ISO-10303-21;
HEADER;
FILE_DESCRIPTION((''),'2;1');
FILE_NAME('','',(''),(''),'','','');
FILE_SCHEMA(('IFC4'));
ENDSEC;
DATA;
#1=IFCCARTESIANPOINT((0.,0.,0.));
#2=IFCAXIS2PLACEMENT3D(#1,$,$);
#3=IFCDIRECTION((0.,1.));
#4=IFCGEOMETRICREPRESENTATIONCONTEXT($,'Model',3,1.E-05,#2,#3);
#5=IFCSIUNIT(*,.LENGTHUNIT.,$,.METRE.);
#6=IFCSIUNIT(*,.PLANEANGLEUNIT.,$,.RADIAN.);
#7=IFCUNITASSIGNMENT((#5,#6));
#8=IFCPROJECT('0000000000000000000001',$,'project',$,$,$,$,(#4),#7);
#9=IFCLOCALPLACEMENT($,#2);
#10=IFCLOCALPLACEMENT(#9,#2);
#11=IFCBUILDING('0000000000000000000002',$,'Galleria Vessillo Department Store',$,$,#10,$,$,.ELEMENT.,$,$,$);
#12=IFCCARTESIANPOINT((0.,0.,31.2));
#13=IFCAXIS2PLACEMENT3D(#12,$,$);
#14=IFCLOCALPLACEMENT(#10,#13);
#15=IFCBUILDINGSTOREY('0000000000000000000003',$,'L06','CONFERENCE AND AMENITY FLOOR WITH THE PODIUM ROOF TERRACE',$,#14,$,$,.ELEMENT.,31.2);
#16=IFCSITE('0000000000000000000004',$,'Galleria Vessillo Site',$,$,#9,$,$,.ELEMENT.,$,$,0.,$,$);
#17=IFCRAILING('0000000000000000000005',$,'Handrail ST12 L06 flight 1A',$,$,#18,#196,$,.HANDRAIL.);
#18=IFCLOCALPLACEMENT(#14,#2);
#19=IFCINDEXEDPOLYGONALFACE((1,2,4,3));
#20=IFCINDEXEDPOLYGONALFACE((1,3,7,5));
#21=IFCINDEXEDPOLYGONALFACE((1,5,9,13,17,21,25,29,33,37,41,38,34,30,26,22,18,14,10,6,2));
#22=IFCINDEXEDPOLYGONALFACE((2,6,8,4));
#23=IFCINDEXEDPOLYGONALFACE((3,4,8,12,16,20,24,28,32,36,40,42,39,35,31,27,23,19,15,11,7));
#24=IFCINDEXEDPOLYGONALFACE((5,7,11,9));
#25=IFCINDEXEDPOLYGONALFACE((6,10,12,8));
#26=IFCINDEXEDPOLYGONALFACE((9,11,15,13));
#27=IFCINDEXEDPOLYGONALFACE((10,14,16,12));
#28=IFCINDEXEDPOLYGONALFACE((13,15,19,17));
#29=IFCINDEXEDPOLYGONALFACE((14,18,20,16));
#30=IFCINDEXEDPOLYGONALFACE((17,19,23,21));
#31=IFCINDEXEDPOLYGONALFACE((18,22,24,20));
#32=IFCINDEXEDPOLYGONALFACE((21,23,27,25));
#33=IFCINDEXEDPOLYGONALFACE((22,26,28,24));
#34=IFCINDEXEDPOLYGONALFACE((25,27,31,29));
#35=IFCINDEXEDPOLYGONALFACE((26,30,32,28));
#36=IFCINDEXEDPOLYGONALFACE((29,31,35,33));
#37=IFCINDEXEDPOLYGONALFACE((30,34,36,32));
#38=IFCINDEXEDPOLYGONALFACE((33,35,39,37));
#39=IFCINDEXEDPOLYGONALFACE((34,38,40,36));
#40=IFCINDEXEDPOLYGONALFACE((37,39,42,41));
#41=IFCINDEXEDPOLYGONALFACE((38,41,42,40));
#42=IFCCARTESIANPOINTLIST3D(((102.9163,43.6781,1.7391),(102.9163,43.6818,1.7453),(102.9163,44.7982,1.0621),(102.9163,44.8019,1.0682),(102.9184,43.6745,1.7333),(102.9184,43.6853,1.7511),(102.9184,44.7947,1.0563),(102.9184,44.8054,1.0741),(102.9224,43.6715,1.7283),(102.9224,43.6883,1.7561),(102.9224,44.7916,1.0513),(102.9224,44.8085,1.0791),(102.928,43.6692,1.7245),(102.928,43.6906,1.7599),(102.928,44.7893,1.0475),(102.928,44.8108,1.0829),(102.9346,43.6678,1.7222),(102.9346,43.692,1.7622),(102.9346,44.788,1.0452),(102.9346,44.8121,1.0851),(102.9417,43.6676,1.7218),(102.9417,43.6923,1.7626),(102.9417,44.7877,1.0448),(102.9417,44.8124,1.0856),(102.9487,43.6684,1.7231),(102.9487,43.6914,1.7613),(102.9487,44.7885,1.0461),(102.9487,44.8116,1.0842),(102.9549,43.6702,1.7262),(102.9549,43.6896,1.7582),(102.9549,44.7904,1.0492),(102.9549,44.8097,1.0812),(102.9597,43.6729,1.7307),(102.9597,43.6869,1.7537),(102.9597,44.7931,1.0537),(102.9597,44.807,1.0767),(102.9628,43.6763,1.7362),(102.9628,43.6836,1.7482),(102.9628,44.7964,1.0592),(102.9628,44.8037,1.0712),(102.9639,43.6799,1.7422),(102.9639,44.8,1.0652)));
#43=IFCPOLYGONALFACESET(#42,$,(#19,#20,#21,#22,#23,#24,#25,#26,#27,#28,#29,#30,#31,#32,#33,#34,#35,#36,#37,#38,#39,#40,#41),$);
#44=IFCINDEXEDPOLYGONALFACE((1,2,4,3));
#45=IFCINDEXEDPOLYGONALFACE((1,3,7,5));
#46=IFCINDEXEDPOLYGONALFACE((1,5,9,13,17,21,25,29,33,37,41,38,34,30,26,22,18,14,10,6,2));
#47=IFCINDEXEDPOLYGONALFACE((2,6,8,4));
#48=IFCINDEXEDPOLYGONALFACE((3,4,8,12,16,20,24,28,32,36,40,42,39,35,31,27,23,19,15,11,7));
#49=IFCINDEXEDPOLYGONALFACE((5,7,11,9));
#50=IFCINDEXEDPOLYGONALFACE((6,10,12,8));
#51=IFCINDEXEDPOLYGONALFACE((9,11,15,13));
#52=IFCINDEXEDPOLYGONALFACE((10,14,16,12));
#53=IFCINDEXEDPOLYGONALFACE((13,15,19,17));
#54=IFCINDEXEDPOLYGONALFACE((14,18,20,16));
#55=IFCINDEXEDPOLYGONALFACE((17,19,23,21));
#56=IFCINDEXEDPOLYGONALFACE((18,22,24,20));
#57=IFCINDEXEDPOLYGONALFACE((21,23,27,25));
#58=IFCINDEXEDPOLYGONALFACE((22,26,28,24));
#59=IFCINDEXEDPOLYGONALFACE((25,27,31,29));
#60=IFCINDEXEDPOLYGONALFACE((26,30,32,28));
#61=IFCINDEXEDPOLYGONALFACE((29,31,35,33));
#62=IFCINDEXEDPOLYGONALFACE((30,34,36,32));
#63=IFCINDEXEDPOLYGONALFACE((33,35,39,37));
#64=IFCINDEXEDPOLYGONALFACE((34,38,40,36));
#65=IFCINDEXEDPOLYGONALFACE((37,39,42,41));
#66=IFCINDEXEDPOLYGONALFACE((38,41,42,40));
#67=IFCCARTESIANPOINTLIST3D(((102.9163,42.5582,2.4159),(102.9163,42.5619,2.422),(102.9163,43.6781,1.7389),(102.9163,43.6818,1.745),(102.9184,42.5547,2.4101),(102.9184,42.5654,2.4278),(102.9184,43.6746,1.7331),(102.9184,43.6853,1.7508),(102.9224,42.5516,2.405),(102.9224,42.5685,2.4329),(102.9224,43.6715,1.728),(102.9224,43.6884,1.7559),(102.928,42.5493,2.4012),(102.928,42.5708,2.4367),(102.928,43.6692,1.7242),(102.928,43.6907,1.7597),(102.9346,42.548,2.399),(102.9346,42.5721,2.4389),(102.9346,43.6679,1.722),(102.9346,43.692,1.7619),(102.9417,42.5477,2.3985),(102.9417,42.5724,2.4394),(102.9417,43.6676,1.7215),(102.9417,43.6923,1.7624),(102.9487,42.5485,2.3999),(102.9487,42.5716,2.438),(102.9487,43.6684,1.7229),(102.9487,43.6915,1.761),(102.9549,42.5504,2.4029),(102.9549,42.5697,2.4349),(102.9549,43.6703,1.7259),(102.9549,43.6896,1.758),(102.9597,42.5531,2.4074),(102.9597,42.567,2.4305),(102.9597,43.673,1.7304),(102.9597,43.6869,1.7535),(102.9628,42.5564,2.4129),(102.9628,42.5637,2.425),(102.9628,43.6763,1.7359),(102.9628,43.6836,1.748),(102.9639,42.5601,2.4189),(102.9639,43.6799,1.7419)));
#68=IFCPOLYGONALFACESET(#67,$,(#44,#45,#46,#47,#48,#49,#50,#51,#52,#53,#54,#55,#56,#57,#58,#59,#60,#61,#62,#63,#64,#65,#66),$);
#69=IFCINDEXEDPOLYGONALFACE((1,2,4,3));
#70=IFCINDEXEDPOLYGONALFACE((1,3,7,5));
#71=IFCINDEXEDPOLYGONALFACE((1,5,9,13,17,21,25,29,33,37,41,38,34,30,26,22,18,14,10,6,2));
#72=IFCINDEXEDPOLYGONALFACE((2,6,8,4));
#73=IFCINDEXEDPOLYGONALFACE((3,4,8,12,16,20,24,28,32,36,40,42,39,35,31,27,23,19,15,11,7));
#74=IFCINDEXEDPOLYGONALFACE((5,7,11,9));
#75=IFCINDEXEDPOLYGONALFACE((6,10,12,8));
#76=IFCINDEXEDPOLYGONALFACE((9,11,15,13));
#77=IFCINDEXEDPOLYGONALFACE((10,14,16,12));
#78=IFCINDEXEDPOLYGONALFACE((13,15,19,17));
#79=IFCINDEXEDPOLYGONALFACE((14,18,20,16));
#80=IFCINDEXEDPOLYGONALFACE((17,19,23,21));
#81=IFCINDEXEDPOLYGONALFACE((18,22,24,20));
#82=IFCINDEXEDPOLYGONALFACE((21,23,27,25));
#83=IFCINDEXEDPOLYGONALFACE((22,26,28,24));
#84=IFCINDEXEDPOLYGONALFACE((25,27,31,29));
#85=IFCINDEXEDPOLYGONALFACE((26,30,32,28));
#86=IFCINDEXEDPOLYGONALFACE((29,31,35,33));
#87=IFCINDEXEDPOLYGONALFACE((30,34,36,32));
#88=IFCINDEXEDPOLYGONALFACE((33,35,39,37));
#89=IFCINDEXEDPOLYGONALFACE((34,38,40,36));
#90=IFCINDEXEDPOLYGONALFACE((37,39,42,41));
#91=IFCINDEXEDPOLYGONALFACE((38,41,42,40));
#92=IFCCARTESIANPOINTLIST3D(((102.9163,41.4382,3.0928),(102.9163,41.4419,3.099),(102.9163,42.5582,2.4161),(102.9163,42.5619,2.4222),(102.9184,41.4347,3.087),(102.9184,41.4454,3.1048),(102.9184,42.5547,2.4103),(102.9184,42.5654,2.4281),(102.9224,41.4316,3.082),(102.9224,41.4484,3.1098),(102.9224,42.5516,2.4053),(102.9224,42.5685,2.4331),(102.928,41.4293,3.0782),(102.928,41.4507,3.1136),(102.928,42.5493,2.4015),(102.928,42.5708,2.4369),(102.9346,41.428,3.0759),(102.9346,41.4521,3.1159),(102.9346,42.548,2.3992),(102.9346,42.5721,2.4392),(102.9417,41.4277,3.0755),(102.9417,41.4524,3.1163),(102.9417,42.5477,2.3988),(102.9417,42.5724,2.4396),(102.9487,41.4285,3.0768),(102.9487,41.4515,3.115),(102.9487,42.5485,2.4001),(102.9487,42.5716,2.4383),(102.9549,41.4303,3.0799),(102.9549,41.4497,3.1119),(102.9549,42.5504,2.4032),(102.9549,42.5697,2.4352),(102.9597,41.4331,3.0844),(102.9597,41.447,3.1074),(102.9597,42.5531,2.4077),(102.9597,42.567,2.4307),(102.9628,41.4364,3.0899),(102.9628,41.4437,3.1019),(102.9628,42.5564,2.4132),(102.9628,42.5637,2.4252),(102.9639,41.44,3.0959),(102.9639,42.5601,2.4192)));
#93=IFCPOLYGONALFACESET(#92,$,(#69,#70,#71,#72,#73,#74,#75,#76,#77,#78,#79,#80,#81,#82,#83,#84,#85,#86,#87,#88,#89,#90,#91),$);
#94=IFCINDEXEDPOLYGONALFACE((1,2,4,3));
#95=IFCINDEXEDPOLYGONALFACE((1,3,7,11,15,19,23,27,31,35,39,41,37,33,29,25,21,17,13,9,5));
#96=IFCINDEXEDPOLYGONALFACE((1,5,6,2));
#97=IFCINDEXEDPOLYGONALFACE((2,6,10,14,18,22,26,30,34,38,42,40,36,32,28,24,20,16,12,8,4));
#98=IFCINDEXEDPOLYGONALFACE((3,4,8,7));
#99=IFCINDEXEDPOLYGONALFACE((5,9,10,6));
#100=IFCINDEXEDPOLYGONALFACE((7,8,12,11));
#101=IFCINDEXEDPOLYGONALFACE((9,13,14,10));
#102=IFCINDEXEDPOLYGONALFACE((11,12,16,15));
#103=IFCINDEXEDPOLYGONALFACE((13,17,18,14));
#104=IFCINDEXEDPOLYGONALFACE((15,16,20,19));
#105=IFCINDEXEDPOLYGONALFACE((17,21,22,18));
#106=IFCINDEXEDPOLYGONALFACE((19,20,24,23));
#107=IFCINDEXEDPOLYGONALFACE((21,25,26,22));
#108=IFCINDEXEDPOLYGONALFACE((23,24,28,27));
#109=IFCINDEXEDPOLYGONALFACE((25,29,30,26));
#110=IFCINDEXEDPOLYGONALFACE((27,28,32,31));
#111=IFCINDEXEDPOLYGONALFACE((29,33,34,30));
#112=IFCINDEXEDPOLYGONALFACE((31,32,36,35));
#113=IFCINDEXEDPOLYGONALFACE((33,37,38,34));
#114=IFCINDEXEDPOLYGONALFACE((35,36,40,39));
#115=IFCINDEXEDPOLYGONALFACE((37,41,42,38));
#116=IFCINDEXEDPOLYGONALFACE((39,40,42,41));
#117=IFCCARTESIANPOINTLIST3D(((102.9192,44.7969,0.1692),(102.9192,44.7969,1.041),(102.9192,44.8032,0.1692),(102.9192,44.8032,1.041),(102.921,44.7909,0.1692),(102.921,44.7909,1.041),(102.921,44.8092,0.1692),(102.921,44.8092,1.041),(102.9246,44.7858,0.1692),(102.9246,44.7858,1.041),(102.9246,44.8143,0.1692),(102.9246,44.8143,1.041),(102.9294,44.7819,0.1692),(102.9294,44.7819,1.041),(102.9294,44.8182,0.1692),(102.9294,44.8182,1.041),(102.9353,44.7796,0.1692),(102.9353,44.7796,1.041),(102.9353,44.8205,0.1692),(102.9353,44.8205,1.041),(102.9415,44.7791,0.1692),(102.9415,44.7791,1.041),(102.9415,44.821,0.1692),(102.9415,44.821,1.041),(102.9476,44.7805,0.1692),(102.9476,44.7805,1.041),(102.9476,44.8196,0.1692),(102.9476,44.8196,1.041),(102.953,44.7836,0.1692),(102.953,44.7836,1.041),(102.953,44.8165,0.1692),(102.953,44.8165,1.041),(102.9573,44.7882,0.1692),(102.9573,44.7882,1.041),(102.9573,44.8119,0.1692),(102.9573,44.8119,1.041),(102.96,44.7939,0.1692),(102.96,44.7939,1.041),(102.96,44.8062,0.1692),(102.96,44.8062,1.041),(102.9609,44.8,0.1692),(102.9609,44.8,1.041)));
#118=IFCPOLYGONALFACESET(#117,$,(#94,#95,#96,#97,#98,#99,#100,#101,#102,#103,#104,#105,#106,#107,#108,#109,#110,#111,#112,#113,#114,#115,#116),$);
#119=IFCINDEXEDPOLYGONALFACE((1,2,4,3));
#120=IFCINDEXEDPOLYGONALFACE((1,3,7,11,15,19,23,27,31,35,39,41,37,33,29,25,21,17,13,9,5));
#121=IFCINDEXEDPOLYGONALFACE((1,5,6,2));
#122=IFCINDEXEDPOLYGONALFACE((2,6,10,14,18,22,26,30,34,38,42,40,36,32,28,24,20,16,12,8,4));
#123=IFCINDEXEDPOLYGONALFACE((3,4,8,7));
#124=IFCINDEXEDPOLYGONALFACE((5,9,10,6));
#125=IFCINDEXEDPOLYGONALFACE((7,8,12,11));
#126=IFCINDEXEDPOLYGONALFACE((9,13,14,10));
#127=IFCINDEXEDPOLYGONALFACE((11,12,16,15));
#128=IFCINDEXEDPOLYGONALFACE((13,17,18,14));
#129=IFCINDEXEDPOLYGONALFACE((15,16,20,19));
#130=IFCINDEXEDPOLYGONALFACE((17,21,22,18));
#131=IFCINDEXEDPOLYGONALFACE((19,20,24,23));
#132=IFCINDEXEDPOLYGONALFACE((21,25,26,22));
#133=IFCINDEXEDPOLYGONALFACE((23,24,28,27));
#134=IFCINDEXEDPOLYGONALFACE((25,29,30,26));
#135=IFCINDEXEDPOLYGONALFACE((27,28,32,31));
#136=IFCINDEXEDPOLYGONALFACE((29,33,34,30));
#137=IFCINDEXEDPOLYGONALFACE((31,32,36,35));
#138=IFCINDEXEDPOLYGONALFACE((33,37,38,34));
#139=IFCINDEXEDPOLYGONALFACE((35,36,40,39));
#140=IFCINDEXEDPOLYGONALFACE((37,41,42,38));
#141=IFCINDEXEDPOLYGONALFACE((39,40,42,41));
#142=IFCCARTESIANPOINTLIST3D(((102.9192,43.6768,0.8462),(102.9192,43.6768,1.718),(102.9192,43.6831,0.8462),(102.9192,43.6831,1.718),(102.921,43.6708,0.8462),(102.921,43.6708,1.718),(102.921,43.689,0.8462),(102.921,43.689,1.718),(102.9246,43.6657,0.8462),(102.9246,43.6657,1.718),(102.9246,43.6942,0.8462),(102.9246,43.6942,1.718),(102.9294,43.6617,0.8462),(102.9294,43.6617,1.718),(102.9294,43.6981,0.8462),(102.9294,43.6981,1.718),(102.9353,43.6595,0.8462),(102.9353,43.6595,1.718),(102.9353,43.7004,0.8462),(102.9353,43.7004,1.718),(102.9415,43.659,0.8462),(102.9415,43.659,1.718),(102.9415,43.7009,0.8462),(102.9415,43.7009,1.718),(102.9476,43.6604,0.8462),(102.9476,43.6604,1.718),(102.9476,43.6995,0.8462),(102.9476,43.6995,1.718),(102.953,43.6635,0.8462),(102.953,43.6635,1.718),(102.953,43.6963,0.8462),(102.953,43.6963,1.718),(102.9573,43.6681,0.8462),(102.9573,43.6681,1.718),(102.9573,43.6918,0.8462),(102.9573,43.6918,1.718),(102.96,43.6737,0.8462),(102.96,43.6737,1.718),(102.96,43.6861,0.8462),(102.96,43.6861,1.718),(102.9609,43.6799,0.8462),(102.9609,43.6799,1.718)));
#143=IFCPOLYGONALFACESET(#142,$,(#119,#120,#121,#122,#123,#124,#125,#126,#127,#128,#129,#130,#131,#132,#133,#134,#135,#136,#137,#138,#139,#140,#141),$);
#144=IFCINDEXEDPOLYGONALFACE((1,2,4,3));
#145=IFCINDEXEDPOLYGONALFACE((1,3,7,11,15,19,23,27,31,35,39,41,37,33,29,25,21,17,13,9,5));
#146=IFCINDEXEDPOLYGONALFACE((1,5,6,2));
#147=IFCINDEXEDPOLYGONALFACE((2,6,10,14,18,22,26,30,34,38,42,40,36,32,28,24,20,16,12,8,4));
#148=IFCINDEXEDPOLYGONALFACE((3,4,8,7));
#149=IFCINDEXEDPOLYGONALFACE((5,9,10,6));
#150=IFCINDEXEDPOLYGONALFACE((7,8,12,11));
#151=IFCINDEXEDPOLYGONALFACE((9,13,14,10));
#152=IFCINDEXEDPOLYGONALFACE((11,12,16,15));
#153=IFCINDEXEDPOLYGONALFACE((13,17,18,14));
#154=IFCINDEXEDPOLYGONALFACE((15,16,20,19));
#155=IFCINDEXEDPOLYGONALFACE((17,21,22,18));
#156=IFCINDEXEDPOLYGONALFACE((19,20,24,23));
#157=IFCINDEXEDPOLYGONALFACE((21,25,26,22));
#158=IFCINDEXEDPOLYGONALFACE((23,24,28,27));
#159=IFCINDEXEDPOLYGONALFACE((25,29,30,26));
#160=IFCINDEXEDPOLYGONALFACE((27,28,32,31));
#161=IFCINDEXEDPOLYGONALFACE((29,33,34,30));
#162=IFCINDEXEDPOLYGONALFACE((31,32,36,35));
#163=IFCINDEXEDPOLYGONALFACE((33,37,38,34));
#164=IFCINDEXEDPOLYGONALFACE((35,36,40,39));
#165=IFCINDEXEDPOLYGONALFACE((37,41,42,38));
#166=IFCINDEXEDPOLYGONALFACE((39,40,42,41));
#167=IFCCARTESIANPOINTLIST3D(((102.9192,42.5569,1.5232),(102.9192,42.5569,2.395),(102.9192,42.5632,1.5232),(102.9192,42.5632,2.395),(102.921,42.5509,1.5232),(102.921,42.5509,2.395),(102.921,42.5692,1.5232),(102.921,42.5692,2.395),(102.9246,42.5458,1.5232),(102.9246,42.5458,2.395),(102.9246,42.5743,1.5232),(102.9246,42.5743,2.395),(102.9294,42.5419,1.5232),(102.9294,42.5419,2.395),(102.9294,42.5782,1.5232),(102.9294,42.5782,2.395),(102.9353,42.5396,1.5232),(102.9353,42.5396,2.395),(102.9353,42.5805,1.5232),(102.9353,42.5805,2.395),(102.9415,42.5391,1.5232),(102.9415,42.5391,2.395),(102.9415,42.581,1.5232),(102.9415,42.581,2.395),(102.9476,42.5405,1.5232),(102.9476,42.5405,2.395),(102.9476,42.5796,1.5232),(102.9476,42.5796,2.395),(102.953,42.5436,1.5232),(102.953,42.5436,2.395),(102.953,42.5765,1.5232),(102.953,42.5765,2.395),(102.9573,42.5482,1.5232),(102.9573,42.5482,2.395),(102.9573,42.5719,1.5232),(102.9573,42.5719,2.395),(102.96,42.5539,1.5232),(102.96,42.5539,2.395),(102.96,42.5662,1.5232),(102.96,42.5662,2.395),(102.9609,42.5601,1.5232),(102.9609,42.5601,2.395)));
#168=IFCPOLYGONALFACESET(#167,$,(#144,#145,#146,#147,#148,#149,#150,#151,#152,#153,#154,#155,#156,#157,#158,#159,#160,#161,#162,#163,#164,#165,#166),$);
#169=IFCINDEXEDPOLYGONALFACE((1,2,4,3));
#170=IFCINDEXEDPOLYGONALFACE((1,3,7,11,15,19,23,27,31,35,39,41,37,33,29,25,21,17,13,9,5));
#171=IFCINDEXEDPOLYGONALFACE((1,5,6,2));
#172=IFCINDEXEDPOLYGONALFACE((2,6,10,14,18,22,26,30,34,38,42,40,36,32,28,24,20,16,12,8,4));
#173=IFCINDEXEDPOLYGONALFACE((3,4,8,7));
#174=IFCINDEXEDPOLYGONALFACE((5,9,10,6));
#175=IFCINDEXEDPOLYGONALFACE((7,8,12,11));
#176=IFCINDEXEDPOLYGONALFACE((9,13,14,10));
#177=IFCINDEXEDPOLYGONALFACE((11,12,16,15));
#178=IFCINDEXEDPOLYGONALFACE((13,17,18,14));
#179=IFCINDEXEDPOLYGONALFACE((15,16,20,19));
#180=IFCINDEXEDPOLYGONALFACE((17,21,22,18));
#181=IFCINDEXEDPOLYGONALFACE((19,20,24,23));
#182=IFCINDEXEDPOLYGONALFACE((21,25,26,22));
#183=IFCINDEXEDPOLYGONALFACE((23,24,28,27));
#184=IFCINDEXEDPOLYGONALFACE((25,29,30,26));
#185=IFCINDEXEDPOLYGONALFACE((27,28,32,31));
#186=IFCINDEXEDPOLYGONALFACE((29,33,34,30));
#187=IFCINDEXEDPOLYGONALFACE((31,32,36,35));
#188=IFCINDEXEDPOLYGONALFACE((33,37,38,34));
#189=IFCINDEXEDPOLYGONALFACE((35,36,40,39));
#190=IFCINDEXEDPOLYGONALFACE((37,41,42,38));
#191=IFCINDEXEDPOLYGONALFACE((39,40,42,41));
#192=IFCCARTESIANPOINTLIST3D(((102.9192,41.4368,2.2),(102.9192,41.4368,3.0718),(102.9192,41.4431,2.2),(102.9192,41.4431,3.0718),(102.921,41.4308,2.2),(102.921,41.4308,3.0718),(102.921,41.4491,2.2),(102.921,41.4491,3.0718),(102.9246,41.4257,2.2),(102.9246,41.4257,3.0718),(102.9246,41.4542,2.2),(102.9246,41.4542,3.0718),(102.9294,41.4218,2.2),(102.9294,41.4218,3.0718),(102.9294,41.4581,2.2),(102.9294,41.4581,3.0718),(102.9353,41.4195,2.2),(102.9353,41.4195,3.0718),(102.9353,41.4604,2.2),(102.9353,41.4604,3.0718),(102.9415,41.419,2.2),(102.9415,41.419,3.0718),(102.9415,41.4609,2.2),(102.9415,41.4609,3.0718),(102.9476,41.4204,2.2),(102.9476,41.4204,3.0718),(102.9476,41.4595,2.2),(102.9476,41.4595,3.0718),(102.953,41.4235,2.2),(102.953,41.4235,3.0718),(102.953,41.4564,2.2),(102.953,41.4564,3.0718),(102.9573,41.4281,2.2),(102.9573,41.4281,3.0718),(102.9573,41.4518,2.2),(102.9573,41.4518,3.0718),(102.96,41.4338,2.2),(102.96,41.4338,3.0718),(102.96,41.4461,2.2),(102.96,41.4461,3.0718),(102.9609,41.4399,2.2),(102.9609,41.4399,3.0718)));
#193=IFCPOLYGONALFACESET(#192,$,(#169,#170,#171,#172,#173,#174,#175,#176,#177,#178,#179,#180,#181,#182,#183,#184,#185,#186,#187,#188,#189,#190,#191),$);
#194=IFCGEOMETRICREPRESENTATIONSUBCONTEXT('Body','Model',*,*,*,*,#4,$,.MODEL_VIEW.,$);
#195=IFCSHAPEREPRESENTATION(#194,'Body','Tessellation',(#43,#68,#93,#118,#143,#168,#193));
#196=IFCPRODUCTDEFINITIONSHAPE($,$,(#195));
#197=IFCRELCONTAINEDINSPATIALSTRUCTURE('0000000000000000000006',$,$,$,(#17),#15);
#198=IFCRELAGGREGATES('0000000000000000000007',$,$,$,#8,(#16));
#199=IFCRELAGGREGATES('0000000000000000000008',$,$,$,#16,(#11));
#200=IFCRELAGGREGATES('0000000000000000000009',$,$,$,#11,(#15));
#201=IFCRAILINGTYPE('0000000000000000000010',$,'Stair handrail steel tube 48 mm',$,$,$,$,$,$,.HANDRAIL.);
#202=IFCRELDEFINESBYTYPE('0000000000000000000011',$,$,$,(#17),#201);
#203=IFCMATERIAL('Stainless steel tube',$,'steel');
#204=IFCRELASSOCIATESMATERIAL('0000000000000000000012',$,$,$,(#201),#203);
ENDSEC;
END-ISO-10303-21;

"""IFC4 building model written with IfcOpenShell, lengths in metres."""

from ifc_helpers import new_model, si_unit, direction, frame, origin, origin_2d, place, context, subcontext, project, spatial, circle, extrude, material, type_object, element, save


model = new_model("IFC4")

# Units and contexts
model_context = context("Model", 3, precision=1e-05, world=origin(), true_north=direction((0.0, 1.0)))
body_context = subcontext(model_context, "Body", "Model", "MODEL_VIEW")
ifc_project = project(units=[si_unit("LENGTHUNIT", "METRE"), si_unit("PLANEANGLEUNIT", "RADIAN")], contexts=[model_context])

# Site, building, storey
site_placement = place(None, origin())
site = spatial("IfcSite", under=ifc_project, at=site_placement, Name="Galleria Vessillo Site", CompositionType="ELEMENT", RefElevation=0.0)
building_placement = place(site_placement, origin())
building = spatial("IfcBuilding", under=site, at=building_placement, Name="Galleria Vessillo Department Store", CompositionType="ELEMENT")
storey_placement = place(building_placement, frame((0.0, 0.0, 31.2)))
storey = spatial("IfcBuildingStorey", under=building, at=storey_placement, Name="L06", Description="CONFERENCE AND AMENITY FLOOR WITH THE PODIUM ROOF TERRACE", CompositionType="ELEMENT", Elevation=31.2)

# Railing
ifc_material_1 = material(Name="Stainless steel tube", Category="steel")
railing_type = type_object("IfcRailingType", Name="Stair handrail steel tube 48 mm", PredefinedType="HANDRAIL", material=ifc_material_1)
for number, where, name in (
    (1, (102.9399, 44.8, 0.1692), "Handrail ST12 L06 flight 1A"),
):
    element("IfcRailing", number, at=place(storey_placement, frame(where)), inside=storey, type_object=railing_type, Name=name, PredefinedType="HANDRAIL", context=body_context, shape_type="SweptSolid", body=[
        extrude(circle(Radius=0.0239, at=origin_2d()), frame((0.0, 0.0, 0.896), z_axis=(0.0, -0.855826, 0.517264), x_axis=(1.0, 0.0, 0.0)), (0.0, 0.0, 1.0), 1.3088),
        extrude(circle(Radius=0.0239, at=origin_2d()), frame((0.0, -1.1201, 1.5728), z_axis=(0.0, -0.855776, 0.517346), x_axis=(1.0, 0.0, 0.0)), (0.0, 0.0, 1.0), 1.3086),
        extrude(circle(Radius=0.0239, at=origin_2d()), frame((0.0, -2.24, 2.25), z_axis=(0.0, -0.855909, 0.517127), x_axis=(1.0, 0.0, 0.0)), (0.0, 0.0, 1.0), 1.3086),
        extrude(circle(Radius=0.021, at=origin_2d()), origin(), (0.0, 0.0, 1.0), 0.8718),
        extrude(circle(Radius=0.021, at=origin_2d()), frame((0.0, -1.1201, 0.677)), (0.0, 0.0, 1.0), 0.8718),
        extrude(circle(Radius=0.021, at=origin_2d()), frame((0.0, -2.24, 1.354)), (0.0, 0.0, 1.0), 0.8718),
        extrude(circle(Radius=0.021, at=origin_2d()), frame((0.0, -3.3601, 2.0308)), (0.0, 0.0, 1.0), 0.8718),
    ])

save(model, "model.ifc")
